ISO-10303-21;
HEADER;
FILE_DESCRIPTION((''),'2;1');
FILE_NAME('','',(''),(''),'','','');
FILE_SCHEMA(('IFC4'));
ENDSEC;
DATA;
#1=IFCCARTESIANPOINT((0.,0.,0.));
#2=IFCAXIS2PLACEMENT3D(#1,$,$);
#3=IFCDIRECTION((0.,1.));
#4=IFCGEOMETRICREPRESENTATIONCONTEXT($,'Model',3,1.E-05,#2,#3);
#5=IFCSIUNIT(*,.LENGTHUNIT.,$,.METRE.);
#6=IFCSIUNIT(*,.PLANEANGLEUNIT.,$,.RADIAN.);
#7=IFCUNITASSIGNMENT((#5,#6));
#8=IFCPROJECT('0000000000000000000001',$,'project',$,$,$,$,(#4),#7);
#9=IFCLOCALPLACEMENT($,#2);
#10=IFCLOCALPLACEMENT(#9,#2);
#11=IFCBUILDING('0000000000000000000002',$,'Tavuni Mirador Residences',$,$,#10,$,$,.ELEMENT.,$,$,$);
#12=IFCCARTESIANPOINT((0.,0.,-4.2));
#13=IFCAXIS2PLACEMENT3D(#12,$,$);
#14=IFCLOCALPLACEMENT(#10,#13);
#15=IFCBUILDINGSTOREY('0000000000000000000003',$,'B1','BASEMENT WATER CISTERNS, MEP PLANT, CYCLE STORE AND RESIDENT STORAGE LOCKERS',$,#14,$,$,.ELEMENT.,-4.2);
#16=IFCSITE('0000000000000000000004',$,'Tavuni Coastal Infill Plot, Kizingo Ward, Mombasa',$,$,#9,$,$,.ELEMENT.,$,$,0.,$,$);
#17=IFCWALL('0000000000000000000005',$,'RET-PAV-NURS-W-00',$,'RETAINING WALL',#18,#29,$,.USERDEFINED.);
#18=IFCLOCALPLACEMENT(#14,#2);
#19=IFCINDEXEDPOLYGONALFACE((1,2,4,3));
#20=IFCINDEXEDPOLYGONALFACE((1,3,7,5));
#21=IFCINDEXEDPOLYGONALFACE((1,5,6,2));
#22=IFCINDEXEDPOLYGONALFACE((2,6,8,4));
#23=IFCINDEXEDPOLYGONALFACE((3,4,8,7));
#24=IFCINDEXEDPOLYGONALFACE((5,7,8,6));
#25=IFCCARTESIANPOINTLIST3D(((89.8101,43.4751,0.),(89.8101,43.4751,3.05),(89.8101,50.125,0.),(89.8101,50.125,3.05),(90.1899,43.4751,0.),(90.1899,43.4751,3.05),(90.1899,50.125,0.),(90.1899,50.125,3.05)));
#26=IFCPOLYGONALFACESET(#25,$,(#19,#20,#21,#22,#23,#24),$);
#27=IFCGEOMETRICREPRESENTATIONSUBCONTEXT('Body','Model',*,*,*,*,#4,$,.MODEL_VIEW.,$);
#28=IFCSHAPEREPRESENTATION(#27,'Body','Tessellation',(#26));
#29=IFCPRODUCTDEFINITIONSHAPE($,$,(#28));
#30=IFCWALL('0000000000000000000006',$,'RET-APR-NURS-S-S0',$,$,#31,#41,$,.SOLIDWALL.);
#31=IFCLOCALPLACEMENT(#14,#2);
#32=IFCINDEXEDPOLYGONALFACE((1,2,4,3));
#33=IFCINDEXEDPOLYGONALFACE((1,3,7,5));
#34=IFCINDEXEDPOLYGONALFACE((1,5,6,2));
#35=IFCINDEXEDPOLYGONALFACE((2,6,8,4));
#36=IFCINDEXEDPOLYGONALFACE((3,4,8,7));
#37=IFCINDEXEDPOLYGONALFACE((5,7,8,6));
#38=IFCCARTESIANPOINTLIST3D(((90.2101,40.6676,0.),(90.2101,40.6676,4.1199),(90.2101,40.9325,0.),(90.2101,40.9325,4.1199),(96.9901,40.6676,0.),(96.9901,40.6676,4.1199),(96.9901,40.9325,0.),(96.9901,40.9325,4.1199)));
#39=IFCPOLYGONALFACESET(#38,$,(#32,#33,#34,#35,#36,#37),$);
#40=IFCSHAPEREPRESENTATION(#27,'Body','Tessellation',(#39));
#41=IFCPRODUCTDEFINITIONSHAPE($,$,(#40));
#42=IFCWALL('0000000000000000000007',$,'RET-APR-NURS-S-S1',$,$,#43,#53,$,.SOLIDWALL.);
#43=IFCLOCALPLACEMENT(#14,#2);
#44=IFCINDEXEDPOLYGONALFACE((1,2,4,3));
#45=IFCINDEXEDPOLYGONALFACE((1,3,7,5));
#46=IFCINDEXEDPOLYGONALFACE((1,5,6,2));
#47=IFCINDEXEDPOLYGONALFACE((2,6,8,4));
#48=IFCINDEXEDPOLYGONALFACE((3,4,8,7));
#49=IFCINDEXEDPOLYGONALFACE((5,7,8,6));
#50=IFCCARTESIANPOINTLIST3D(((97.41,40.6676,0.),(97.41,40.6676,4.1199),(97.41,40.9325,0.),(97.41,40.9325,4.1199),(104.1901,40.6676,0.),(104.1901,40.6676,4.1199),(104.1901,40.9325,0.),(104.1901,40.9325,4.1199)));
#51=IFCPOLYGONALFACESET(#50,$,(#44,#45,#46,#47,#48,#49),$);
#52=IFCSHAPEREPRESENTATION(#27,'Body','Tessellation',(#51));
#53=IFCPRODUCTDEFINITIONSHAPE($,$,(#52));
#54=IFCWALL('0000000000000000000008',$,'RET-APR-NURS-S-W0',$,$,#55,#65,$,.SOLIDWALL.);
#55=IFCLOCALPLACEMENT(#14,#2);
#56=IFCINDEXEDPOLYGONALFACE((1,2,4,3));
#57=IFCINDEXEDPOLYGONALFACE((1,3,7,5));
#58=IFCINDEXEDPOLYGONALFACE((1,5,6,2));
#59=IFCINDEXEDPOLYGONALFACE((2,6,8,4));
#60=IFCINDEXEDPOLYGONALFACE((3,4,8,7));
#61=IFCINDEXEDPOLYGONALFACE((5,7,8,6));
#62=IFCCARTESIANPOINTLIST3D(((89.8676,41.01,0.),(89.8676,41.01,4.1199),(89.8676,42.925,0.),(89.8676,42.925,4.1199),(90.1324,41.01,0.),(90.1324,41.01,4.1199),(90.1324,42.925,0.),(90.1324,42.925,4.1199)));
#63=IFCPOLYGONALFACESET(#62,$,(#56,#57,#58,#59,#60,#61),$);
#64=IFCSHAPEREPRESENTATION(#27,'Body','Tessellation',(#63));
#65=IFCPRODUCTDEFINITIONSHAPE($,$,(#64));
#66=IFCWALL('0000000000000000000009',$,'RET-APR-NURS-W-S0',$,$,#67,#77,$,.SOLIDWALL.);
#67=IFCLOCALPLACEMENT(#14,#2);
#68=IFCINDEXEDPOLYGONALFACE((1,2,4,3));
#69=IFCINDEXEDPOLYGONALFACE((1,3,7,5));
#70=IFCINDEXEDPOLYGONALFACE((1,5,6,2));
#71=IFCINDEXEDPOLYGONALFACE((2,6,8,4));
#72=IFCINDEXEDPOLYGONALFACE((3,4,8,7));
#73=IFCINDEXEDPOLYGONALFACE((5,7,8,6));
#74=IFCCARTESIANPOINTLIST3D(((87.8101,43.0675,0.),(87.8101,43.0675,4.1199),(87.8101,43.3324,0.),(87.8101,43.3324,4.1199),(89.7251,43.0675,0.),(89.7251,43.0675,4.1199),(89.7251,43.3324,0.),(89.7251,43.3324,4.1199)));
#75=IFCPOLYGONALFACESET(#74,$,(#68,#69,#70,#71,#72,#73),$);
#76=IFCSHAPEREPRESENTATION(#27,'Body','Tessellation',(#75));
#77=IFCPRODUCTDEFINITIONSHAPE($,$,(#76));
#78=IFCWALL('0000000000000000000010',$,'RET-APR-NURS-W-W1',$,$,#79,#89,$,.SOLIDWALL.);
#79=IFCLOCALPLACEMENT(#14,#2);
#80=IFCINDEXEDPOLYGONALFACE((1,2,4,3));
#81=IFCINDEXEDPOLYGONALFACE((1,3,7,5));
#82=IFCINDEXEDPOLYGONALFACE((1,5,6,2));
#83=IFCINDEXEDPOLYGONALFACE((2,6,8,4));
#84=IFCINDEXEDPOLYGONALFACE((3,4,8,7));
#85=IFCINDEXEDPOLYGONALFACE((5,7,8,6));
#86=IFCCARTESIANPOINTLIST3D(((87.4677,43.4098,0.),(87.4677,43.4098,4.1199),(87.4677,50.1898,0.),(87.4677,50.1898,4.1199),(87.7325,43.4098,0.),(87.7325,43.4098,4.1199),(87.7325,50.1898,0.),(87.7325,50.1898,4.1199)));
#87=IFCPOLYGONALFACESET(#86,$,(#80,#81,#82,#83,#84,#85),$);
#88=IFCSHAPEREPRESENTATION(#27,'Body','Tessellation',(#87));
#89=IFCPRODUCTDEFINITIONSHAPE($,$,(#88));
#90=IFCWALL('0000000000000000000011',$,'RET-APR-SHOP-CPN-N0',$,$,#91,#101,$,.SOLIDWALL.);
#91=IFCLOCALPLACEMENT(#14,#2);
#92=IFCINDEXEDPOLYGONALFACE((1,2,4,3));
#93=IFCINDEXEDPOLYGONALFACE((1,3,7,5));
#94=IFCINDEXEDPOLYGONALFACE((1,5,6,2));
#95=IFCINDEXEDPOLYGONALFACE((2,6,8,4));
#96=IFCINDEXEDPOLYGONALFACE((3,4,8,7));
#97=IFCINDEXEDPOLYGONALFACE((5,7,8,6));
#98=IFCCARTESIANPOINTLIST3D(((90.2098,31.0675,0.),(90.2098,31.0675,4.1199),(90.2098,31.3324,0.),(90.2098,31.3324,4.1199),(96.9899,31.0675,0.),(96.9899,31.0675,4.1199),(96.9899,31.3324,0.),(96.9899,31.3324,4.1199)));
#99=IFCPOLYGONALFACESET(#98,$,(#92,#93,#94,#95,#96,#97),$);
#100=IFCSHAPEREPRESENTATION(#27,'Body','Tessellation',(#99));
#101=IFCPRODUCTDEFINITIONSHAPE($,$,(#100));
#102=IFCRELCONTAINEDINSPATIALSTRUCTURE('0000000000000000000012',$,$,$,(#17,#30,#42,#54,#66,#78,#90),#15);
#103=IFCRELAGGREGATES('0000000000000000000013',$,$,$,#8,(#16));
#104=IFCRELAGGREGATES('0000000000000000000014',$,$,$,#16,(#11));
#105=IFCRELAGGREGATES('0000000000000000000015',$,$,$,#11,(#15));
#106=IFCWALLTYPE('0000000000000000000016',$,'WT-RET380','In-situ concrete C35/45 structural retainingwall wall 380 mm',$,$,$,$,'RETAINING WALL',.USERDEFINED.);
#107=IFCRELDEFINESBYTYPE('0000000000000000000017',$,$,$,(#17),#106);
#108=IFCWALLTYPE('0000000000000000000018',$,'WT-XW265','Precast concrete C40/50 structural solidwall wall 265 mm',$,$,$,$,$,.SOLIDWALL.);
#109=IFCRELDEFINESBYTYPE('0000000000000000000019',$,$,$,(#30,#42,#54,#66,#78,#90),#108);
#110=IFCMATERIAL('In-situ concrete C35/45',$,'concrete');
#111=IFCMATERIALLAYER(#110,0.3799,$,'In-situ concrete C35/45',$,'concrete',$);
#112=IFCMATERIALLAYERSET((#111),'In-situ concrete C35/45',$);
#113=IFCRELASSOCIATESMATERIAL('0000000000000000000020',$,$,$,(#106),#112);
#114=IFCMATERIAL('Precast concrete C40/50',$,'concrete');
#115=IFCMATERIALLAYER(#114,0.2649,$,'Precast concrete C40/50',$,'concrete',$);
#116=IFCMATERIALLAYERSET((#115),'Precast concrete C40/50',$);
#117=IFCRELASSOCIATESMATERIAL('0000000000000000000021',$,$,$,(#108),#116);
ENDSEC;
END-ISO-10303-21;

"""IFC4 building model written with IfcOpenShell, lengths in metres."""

from ifc_helpers import new_model, si_unit, direction, frame, frame_2d, origin, place, context, subcontext, project, spatial, rectangle, extrude, material, layer, layer_set, type_object, element, save


model = new_model("IFC4")

# Units and contexts
model_context = context("Model", 3, precision=1e-05, world=origin(), true_north=direction((0.0, 1.0)))
body_context = subcontext(model_context, "Body", "Model", "MODEL_VIEW")
ifc_project = project(units=[si_unit("LENGTHUNIT", "METRE"), si_unit("PLANEANGLEUNIT", "RADIAN")], contexts=[model_context])

# Site, building, storey
site_placement = place(None, origin())
site = spatial("IfcSite", under=ifc_project, at=site_placement, Name="Tavuni Coastal Infill Plot, Kizingo Ward, Mombasa", CompositionType="ELEMENT", RefElevation=0.0)
building_placement = place(site_placement, origin())
building = spatial("IfcBuilding", under=site, at=building_placement, Name="Tavuni Mirador Residences", CompositionType="ELEMENT")
storey_placement = place(building_placement, frame((0.0, 0.0, -4.2)))
storey = spatial("IfcBuildingStorey", under=building, at=storey_placement, Name="B1", Description="BASEMENT WATER CISTERNS, MEP PLANT, CYCLE STORE AND RESIDENT STORAGE LOCKERS", CompositionType="ELEMENT", Elevation=-4.2)

# Shared definitions
ifc_material_1 = material(Name="In-situ concrete C35/45", Category="concrete")

# Shared definitions
ifc_material_2 = material(Name="Precast concrete C40/50", Category="concrete")

# Walls
ifc_layer_1 = layer(ifc_material_1, 0.3799, Name="In-situ concrete C35/45", Category="concrete")
ifc_layer_set_1 = layer_set([ifc_layer_1], Name="In-situ concrete C35/45")
wall_type_1 = type_object("IfcWallType", Name="WT-RET380", Description="In-situ concrete C35/45 structural retainingwall wall 380 mm", ElementType="RETAINING WALL", PredefinedType="USERDEFINED", material=ifc_layer_set_1)
wall_1_placement = place(storey_placement, frame((90.0, 50.125, 0.0), z_axis=(0.0, 0.0, 1.0), x_axis=(0.0, -1.0, 0.0)))
element("IfcWall", 1, at=wall_1_placement, inside=storey, type_object=wall_type_1, Name="RET-PAV-NURS-W-00", ObjectType="RETAINING WALL", PredefinedType="USERDEFINED", context=body_context, shape_type="SweptSolid", body=[
    extrude(rectangle(XDim=6.6499, YDim=0.3799, at=frame_2d((3.325, 0.0))), origin(), (0.0, 0.0, 1.0), 3.05),
])
ifc_layer_2 = layer(ifc_material_2, 0.2649, Name="Precast concrete C40/50", Category="concrete")
ifc_layer_set_2 = layer_set([ifc_layer_2], Name="Precast concrete C40/50")
wall_type_2 = type_object("IfcWallType", Name="WT-XW265", Description="Precast concrete C40/50 structural solidwall wall 265 mm", PredefinedType="SOLIDWALL", material=ifc_layer_set_2)
for number, where, z_axis, x_axis, name in (
    (2, (90.21, 40.8, 0.0), (0.0, 0.0, 1.0), (1.0, 0.0, 0.0), "RET-APR-NURS-S-S0"),
    (3, (97.4099, 40.8, 0.0), (0.0, 0.0, 1.0), (1.0, 0.0, 0.0), "RET-APR-NURS-S-S1"),
):
    element("IfcWall", number, at=place(storey_placement, frame(where, z_axis=z_axis, x_axis=x_axis)), inside=storey, type_object=wall_type_2, Name=name, PredefinedType="SOLIDWALL", context=body_context, shape_type="SweptSolid", body=[
        extrude(rectangle(XDim=6.78, YDim=0.2649, at=frame_2d((3.3901, 0.0))), origin(), (0.0, 0.0, 1.0), 4.1199),
    ])
for number, where, z_axis, x_axis, name in (
    (4, (90.0, 42.925, 0.0), (0.0, 0.0, 1.0), (0.0, -1.0, 0.0), "RET-APR-NURS-S-W0"),
    (5, (87.8101, 43.2, 0.0), (0.0, 0.0, 1.0), (1.0, 0.0, 0.0), "RET-APR-NURS-W-S0"),
):
    element("IfcWall", number, at=place(storey_placement, frame(where, z_axis=z_axis, x_axis=x_axis)), inside=storey, type_object=wall_type_2, Name=name, PredefinedType="SOLIDWALL", context=body_context, shape_type="SweptSolid", body=[
        extrude(rectangle(XDim=1.915, YDim=0.2649, at=frame_2d((0.9575, 0.0))), origin(), (0.0, 0.0, 1.0), 4.1199),
    ])
for number, where, z_axis, x_axis, name in (
    (6, (87.6001, 50.1899, 0.0), (0.0, 0.0, 1.0), (0.0, -1.0, 0.0), "RET-APR-NURS-W-W1"),
    (7, (96.99, 31.2, 0.0), (0.0, 0.0, 1.0), (-1.0, 0.0, 0.0), "RET-APR-SHOP-CPN-N0"),
):
    element("IfcWall", number, at=place(storey_placement, frame(where, z_axis=z_axis, x_axis=x_axis)), inside=storey, type_object=wall_type_2, Name=name, PredefinedType="SOLIDWALL", context=body_context, shape_type="SweptSolid", body=[
        extrude(rectangle(XDim=6.78, YDim=0.2649, at=frame_2d((3.3901, 0.0))), origin(), (0.0, 0.0, 1.0), 4.1199),
    ])

save(model, "model.ifc")
